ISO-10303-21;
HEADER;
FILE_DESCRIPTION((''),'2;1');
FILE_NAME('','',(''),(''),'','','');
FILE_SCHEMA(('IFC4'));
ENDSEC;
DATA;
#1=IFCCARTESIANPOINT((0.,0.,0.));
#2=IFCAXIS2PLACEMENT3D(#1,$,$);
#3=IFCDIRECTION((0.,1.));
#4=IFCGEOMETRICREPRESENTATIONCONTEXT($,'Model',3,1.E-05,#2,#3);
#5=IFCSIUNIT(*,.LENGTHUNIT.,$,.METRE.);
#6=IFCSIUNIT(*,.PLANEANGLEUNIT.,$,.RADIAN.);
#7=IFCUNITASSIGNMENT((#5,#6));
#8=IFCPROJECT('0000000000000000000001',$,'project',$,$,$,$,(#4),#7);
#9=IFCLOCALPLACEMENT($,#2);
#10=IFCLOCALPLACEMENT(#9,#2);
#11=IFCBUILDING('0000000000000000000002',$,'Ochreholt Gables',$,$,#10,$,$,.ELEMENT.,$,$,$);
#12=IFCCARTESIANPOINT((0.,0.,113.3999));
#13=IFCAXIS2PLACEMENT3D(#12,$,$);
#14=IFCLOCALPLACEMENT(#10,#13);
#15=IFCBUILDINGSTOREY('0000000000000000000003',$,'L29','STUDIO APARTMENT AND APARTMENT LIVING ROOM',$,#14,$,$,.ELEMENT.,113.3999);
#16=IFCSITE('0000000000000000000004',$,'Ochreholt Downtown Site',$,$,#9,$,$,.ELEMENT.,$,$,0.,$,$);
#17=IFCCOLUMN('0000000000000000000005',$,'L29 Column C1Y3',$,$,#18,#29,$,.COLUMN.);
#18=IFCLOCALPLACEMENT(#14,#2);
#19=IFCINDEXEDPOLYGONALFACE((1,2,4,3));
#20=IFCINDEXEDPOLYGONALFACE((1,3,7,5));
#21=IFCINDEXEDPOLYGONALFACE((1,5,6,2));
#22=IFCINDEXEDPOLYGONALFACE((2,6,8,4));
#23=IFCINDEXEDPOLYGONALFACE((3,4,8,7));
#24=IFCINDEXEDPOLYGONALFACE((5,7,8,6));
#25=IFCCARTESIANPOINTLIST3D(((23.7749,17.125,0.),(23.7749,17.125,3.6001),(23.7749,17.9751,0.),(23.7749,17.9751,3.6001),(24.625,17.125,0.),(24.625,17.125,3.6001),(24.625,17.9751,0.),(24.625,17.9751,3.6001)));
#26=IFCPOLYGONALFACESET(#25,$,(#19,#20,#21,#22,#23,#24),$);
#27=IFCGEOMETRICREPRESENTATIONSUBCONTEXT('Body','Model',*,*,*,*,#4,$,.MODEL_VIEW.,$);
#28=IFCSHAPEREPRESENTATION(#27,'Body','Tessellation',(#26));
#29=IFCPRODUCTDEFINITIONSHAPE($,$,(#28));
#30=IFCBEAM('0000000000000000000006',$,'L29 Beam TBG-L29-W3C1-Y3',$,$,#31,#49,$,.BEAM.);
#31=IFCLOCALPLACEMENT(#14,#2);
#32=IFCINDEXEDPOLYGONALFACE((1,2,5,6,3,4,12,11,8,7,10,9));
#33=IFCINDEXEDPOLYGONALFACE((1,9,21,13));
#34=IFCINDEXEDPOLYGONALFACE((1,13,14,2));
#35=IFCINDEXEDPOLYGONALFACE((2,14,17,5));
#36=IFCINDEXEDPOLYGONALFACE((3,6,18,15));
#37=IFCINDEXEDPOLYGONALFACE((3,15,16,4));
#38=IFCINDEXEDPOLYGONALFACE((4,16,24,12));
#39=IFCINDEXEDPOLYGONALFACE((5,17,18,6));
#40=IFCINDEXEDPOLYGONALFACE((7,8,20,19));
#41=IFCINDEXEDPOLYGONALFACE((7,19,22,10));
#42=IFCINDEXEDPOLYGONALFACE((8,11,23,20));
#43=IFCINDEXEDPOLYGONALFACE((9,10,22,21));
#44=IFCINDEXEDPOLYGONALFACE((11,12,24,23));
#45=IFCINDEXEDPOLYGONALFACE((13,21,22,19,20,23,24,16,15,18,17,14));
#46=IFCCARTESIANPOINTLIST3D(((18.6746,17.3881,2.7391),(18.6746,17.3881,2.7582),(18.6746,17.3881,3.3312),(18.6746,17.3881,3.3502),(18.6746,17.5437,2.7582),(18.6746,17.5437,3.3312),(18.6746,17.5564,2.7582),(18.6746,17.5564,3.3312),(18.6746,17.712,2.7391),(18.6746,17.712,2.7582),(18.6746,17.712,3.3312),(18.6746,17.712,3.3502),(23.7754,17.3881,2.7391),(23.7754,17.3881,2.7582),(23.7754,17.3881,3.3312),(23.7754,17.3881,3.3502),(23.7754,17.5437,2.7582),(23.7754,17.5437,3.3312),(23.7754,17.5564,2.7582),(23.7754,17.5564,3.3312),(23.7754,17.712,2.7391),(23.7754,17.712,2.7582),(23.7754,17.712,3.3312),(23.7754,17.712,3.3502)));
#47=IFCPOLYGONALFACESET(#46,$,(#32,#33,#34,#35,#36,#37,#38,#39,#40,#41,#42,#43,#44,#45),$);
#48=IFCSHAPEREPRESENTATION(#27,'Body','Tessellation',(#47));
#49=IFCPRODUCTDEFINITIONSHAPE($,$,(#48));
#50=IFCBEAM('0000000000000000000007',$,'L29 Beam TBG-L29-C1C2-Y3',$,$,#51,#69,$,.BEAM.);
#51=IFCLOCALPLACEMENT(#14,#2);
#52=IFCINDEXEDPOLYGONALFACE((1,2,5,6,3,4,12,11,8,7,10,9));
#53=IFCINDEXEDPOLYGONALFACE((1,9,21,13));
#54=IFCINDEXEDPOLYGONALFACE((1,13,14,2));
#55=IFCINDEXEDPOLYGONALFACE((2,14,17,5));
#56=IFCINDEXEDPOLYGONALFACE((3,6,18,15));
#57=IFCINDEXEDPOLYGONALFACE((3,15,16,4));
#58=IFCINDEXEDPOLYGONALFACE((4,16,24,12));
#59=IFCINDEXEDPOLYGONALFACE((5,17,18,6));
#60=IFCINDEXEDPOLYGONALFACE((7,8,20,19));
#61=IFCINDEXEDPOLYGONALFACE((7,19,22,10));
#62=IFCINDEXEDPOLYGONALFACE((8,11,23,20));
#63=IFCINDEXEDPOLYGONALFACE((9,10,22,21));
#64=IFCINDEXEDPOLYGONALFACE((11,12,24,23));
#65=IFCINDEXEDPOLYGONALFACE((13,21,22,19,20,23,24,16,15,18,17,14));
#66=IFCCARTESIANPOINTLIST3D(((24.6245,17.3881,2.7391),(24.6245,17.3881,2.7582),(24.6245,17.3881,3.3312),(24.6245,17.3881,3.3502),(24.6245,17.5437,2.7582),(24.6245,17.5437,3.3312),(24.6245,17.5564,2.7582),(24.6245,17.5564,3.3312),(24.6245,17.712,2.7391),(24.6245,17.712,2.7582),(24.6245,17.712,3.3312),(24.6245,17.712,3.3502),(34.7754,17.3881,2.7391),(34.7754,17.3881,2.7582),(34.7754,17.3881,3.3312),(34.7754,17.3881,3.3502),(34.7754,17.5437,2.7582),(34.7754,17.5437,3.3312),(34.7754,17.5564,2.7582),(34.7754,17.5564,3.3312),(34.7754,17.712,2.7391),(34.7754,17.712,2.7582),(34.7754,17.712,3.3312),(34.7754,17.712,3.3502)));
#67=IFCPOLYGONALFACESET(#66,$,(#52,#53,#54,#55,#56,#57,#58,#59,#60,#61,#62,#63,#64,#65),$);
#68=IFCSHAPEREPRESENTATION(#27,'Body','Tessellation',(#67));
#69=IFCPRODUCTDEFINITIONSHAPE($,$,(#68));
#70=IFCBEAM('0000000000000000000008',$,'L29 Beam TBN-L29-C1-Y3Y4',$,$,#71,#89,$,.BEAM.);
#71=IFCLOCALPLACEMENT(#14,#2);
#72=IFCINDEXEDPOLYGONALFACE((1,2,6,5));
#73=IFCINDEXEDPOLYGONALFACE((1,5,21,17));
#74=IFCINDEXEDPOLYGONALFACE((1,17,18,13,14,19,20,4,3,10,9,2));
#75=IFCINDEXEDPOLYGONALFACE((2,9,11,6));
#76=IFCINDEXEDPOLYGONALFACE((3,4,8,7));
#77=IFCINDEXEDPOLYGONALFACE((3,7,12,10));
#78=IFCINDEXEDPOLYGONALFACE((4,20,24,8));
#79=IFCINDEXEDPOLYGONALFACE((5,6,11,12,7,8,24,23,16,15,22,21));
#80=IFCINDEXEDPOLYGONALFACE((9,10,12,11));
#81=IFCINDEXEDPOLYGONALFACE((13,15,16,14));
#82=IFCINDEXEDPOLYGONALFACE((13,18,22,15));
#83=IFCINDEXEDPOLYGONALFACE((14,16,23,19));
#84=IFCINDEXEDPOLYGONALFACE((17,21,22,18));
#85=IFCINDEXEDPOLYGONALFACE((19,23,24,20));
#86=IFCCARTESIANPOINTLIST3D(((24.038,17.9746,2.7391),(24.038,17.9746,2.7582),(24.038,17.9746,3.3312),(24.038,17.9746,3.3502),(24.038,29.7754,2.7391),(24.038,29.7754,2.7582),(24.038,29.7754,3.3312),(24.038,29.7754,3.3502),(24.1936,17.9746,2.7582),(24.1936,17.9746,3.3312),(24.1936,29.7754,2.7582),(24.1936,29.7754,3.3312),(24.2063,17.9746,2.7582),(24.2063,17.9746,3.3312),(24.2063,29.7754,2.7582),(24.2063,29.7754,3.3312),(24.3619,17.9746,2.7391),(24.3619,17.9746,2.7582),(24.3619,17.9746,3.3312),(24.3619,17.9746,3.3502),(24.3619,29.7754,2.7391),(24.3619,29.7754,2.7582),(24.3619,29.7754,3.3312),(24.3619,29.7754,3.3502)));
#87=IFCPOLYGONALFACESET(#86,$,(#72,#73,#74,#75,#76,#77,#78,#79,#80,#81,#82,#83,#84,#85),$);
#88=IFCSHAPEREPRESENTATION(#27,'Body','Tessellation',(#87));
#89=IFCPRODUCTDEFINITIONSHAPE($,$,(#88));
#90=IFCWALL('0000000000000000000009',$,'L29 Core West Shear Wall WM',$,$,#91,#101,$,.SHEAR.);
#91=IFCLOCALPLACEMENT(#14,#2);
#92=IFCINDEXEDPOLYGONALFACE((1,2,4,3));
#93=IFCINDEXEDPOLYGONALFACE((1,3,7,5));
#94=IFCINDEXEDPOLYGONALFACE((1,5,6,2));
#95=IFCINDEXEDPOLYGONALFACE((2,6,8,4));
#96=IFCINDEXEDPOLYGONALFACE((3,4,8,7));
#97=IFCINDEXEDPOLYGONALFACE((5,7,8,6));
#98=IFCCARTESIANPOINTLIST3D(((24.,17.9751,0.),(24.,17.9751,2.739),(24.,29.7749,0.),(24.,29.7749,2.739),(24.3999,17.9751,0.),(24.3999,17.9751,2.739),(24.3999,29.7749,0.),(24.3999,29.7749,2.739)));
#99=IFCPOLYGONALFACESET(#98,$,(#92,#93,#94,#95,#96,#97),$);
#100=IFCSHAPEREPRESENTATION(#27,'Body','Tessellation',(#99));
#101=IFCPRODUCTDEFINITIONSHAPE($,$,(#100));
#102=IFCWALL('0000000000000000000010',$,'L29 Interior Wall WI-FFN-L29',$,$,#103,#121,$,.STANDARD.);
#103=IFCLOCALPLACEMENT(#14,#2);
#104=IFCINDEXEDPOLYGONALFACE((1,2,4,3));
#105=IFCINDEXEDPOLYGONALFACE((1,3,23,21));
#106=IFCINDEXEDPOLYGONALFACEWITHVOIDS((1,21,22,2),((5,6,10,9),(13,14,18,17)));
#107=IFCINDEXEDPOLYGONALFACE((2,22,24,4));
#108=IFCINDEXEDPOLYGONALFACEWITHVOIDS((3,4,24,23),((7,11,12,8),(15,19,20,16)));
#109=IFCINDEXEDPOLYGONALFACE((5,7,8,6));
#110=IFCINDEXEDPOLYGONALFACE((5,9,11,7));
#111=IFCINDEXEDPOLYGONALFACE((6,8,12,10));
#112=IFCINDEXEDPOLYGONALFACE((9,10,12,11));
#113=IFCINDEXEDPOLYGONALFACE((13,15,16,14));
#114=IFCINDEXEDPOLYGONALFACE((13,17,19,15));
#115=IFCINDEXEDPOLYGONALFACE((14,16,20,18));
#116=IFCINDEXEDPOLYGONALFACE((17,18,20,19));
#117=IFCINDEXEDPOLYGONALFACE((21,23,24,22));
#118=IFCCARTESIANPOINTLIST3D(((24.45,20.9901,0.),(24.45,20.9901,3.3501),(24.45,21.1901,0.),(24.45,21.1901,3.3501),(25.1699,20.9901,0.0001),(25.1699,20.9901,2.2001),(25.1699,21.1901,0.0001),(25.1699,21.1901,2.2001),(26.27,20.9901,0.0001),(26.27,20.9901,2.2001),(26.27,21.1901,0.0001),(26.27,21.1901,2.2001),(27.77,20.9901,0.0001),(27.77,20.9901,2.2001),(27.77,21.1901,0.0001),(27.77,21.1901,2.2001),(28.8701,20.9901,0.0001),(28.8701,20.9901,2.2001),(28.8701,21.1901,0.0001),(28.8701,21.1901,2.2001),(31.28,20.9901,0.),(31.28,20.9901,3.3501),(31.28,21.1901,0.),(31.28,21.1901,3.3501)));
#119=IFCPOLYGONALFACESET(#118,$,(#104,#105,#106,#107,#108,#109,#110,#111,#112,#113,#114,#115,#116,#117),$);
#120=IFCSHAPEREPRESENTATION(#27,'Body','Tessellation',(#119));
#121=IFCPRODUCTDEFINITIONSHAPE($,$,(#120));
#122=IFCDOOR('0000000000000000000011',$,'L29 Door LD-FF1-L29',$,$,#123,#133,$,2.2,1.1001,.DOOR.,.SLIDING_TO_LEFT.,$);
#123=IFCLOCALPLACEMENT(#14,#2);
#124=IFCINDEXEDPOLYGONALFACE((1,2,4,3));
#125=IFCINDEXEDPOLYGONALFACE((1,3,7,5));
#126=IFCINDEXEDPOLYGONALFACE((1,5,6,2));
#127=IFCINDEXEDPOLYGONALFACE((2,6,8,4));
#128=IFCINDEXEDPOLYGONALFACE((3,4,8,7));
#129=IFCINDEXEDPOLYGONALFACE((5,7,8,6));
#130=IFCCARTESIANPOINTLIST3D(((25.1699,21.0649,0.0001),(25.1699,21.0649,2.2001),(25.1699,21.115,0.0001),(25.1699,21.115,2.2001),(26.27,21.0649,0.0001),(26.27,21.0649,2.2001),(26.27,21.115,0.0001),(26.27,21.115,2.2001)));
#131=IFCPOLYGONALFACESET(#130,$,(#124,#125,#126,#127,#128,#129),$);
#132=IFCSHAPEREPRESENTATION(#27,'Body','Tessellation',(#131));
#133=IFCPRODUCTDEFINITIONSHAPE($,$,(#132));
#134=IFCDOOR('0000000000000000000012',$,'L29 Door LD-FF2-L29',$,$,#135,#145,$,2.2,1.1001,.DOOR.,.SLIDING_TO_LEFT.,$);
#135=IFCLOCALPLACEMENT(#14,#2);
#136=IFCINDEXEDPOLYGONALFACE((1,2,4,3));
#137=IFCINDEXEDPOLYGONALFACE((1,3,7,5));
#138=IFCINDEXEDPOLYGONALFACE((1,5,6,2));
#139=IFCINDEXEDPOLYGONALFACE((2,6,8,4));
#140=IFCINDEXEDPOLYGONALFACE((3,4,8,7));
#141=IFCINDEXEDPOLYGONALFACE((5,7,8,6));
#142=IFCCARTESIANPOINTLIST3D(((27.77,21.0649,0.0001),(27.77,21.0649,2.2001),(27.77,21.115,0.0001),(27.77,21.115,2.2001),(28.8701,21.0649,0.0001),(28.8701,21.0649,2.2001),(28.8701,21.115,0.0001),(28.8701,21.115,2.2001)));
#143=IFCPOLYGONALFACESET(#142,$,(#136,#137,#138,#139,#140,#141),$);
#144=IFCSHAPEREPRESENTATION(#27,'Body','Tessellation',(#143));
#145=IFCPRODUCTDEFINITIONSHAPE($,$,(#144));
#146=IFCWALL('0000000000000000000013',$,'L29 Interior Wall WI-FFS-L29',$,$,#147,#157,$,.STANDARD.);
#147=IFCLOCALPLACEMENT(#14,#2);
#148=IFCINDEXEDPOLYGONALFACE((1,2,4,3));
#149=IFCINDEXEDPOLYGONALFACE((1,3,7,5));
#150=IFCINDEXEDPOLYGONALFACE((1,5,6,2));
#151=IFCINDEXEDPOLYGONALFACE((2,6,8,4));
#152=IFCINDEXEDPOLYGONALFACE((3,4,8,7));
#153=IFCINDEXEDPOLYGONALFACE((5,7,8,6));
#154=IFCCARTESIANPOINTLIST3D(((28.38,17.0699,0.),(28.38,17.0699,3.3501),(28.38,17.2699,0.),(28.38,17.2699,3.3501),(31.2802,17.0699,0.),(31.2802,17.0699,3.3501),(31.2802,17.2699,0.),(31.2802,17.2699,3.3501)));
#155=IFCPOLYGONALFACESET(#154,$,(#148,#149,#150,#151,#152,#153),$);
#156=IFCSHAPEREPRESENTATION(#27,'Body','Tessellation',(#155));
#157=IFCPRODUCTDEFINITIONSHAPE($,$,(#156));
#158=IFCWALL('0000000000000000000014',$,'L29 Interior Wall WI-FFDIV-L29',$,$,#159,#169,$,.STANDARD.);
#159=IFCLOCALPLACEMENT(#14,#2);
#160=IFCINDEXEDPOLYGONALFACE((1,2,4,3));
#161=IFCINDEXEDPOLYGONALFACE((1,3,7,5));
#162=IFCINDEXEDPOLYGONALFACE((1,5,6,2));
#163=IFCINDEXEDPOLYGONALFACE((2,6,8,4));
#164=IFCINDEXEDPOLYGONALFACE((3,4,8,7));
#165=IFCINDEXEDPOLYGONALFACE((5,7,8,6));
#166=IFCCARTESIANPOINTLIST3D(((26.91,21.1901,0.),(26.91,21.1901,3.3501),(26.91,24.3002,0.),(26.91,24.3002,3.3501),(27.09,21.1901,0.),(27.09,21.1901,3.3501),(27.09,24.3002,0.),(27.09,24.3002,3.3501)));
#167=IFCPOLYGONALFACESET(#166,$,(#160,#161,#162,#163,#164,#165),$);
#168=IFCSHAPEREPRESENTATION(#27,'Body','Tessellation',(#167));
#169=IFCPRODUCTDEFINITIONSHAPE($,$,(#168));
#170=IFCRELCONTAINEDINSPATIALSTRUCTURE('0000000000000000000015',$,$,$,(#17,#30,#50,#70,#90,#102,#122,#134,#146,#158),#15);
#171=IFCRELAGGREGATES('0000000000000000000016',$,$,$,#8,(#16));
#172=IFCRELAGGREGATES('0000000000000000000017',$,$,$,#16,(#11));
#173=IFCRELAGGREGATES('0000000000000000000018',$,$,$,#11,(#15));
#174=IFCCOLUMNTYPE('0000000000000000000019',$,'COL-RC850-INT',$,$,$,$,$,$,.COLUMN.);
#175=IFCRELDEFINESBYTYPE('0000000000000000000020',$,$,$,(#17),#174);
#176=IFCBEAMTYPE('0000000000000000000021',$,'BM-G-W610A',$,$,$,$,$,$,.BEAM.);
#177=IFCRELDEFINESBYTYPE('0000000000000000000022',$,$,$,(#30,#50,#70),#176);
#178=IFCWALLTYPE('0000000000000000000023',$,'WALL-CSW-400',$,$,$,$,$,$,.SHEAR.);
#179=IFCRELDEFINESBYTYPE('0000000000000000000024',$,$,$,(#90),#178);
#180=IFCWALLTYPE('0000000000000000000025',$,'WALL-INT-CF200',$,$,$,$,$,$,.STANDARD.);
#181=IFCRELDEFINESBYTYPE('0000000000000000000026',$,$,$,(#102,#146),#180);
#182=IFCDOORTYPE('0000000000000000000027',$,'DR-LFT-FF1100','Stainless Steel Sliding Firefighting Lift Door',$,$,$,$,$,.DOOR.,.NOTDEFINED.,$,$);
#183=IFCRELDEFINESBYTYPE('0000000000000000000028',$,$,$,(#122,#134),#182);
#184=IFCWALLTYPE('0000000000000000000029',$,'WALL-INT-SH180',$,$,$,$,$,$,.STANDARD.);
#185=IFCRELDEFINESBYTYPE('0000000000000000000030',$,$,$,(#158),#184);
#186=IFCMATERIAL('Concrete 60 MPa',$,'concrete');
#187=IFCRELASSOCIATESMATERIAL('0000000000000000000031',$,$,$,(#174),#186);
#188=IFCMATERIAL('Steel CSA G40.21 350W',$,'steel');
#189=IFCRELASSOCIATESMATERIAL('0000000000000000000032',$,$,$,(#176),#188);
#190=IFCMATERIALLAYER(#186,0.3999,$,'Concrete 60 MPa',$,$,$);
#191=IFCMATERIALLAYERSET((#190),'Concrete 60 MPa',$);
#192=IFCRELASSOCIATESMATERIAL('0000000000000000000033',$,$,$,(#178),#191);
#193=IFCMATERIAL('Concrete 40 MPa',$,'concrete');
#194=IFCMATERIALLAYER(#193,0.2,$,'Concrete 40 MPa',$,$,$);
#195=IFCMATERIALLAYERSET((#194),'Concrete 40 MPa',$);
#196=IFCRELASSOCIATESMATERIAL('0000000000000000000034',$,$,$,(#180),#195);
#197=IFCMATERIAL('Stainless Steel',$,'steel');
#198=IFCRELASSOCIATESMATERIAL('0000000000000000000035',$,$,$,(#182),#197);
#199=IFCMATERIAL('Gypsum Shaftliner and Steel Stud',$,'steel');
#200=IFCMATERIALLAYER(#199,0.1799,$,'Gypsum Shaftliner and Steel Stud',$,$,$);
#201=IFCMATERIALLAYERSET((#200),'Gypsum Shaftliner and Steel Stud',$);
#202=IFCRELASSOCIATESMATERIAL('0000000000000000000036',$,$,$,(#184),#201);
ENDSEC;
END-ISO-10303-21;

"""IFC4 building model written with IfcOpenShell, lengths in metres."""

from ifc_helpers import new_model, si_unit, direction, frame, frame_2d, origin, origin_2d, place, context, subcontext, project, spatial, rectangle, i_section, extrude, material, layer, layer_set, material_profile, profile_set, type_object, element, fill, save


model = new_model("IFC4")

# Units and contexts
model_context = context("Model", 3, precision=1e-05, world=origin(), true_north=direction((0.0, 1.0)))
body_context = subcontext(model_context, "Body", "Model", "MODEL_VIEW")
ifc_project = project(units=[si_unit("LENGTHUNIT", "METRE"), si_unit("PLANEANGLEUNIT", "RADIAN")], contexts=[model_context])

# Site, building, storey
site_placement = place(None, origin())
site = spatial("IfcSite", under=ifc_project, at=site_placement, Name="Ochreholt Downtown Site", CompositionType="ELEMENT", RefElevation=0.0)
building_placement = place(site_placement, origin())
building = spatial("IfcBuilding", under=site, at=building_placement, Name="Ochreholt Gables", CompositionType="ELEMENT")
storey_placement = place(building_placement, frame((0.0, 0.0, 113.3999)))
storey = spatial("IfcBuildingStorey", under=building, at=storey_placement, Name="L29", Description="STUDIO APARTMENT AND APARTMENT LIVING ROOM", CompositionType="ELEMENT", Elevation=113.3999)

# Column
ifc_material_1 = material(Name="Concrete 60 MPa", Category="concrete")
ifc_material_profile_1 = material_profile(ifc_material_1, rectangle(XDim=0.8501, YDim=0.8501, at=origin_2d()), Name="RC850X850")
ifc_profile_set_1 = profile_set([ifc_material_profile_1], Name="Concrete 60 MPa")
column_type = type_object("IfcColumnType", Name="COL-RC850-INT", PredefinedType="COLUMN", material=ifc_profile_set_1)
column_placement = place(storey_placement, frame((24.2, 17.55, 0.0), z_axis=(0.0, 0.0, 1.0), x_axis=(1.0, 0.0, 0.0)))
element("IfcColumn", 1, at=column_placement, inside=storey, type_object=column_type, Name="L29 Column C1Y3", PredefinedType="COLUMN", context=body_context, shape_type="SweptSolid", body=[
    extrude(rectangle(XDim=0.8501, YDim=0.8501, at=origin_2d()), origin(), (0.0, 0.0, 1.0), 3.6001),
])

# Beams
ifc_material_2 = material(Name="Steel CSA G40.21 350W", Category="steel")
ifc_material_profile_2 = material_profile(ifc_material_2, i_section(OverallWidth=0.324, OverallDepth=0.6111, WebThickness=0.0127, FlangeThickness=0.019, at=origin_2d()), Name="W610X155")
ifc_profile_set_2 = profile_set([ifc_material_profile_2], Name="Steel CSA G40.21 350W")
beam_type = type_object("IfcBeamType", Name="BM-G-W610A", PredefinedType="BEAM", material=ifc_profile_set_2)
beam_1_placement = place(storey_placement, frame((18.6746, 17.55, 3.0447), z_axis=(1.0, 0.0, 0.0), x_axis=(0.0, 1.0, 0.0)))
element("IfcBeam", 2, at=beam_1_placement, inside=storey, type_object=beam_type, Name="L29 Beam TBG-L29-W3C1-Y3", PredefinedType="BEAM", context=body_context, shape_type="SweptSolid", body=[
    extrude(i_section(OverallWidth=0.324, OverallDepth=0.6111, WebThickness=0.0127, FlangeThickness=0.019, at=origin_2d()), origin(), (0.0, 0.0, 1.0), 5.1008),
])
beam_2_placement = place(storey_placement, frame((24.6245, 17.55, 3.0447), z_axis=(1.0, 0.0, 0.0), x_axis=(0.0, 1.0, 0.0)))
element("IfcBeam", 3, at=beam_2_placement, inside=storey, type_object=beam_type, Name="L29 Beam TBG-L29-C1C2-Y3", PredefinedType="BEAM", context=body_context, shape_type="SweptSolid", body=[
    extrude(i_section(OverallWidth=0.324, OverallDepth=0.6111, WebThickness=0.0127, FlangeThickness=0.019, at=origin_2d()), origin(), (0.0, 0.0, 1.0), 10.1509),
])
beam_3_placement = place(storey_placement, frame((24.2, 17.9746, 3.0447), z_axis=(0.0, 1.0, 0.0), x_axis=(-1.0, 0.0, 0.0)))
element("IfcBeam", 4, at=beam_3_placement, inside=storey, type_object=beam_type, Name="L29 Beam TBN-L29-C1-Y3Y4", PredefinedType="BEAM", context=body_context, shape_type="SweptSolid", body=[
    extrude(i_section(OverallWidth=0.324, OverallDepth=0.6111, WebThickness=0.0127, FlangeThickness=0.019, at=origin_2d()), origin(), (0.0, 0.0, 1.0), 11.8008),
])

# Wall
ifc_layer_1 = layer(ifc_material_1, 0.3999, Name="Concrete 60 MPa")
ifc_layer_set_1 = layer_set([ifc_layer_1], Name="Concrete 60 MPa")
wall_type_1 = type_object("IfcWallType", Name="WALL-CSW-400", PredefinedType="SHEAR", material=ifc_layer_set_1)
wall_1_placement = place(storey_placement, frame((24.2, 17.9751, 0.0), z_axis=(0.0, 0.0, 1.0), x_axis=(0.0, 1.0, 0.0)))
element("IfcWall", 5, at=wall_1_placement, inside=storey, type_object=wall_type_1, Name="L29 Core West Shear Wall WM", PredefinedType="SHEAR", context=body_context, shape_type="SweptSolid", body=[
    extrude(rectangle(XDim=11.7998, YDim=0.3999, at=frame_2d((5.8999, 0.0))), origin(), (0.0, 0.0, 1.0), 2.739),
])

# Wall, openings, doors
ifc_material_3 = material(Name="Concrete 40 MPa", Category="concrete")
ifc_layer_2 = layer(ifc_material_3, 0.2, Name="Concrete 40 MPa")
ifc_layer_set_2 = layer_set([ifc_layer_2], Name="Concrete 40 MPa")
wall_type_2 = type_object("IfcWallType", Name="WALL-INT-CF200", PredefinedType="STANDARD", material=ifc_layer_set_2)
wall_2_placement = place(storey_placement, frame((24.45, 21.0901, 0.0), z_axis=(0.0, 0.0, 1.0), x_axis=(1.0, 0.0, 0.0)))
wall_2 = element("IfcWall", 6, at=wall_2_placement, inside=storey, type_object=wall_type_2, Name="L29 Interior Wall WI-FFN-L29", PredefinedType="STANDARD", context=body_context, shape_type="SweptSolid", body=[
    extrude(rectangle(XDim=6.8301, YDim=0.2, at=frame_2d((3.415, 0.0))), origin(), (0.0, 0.0, 1.0), 3.3501),
])
opening_1_placement = place(wall_2_placement, frame((0.72, 0.0, 0.0)))
opening_1 = element("IfcOpeningElement", 7, at=opening_1_placement, cuts=wall_2, PredefinedType="OPENING", context=body_context, shape_type="SweptSolid", body=[
    extrude(rectangle(XDim=1.1001, YDim=2.2, at=frame_2d((0.55, 1.1001))), frame((0.0, 0.1099, 0.0), z_axis=(0.0, -1.0, 0.0), x_axis=(1.0, 0.0, 0.0)), (0.0, 0.0, 1.0), 0.22),
])
opening_2_placement = place(wall_2_placement, frame((3.3201, 0.0, 0.0)))
opening_2 = element("IfcOpeningElement", 8, at=opening_2_placement, cuts=wall_2, PredefinedType="OPENING", context=body_context, shape_type="SweptSolid", body=[
    extrude(rectangle(XDim=1.1001, YDim=2.2, at=frame_2d((0.55, 1.1001))), frame((0.0, 0.1099, 0.0), z_axis=(0.0, -1.0, 0.0), x_axis=(1.0, 0.0, 0.0)), (0.0, 0.0, 1.0), 0.22),
])
ifc_material_4 = material(Name="Stainless Steel", Category="steel")
door_type_1 = type_object("IfcDoorType", Name="DR-LFT-FF1100", Description="Stainless Steel Sliding Firefighting Lift Door", OperationType="NOTDEFINED", PredefinedType="DOOR", material=ifc_material_4)
door_1_placement = place(opening_1_placement, origin())
door_1 = element("IfcDoor", 9, at=door_1_placement, inside=storey, type_object=door_type_1, Name="L29 Door LD-FF1-L29", OperationType="SLIDING_TO_LEFT", OverallHeight=2.2, OverallWidth=1.1001, PredefinedType="DOOR", context=body_context, shape_type="SweptSolid", body=[
    extrude(rectangle(XDim=1.1001, YDim=2.2, at=frame_2d((0.55, 1.1001))), frame((0.0, 0.0249, 0.0), z_axis=(0.0, -1.0, 0.0), x_axis=(1.0, 0.0, 0.0)), (0.0, 0.0, 1.0), 0.05),
])
fill(opening_1, door_1)
door_2_placement = place(opening_2_placement, origin())
door_2 = element("IfcDoor", 10, at=door_2_placement, inside=storey, type_object=door_type_1, Name="L29 Door LD-FF2-L29", OperationType="SLIDING_TO_LEFT", OverallHeight=2.2, OverallWidth=1.1001, PredefinedType="DOOR", context=body_context, shape_type="SweptSolid", body=[
    extrude(rectangle(XDim=1.1001, YDim=2.2, at=frame_2d((0.55, 1.1001))), frame((0.0, 0.0249, 0.0), z_axis=(0.0, -1.0, 0.0), x_axis=(1.0, 0.0, 0.0)), (0.0, 0.0, 1.0), 0.05),
])
fill(opening_2, door_2)

# Wall
wall_3_placement = place(storey_placement, frame((28.3799, 17.1699, 0.0), z_axis=(0.0, 0.0, 1.0), x_axis=(1.0, 0.0, 0.0)))
element("IfcWall", 11, at=wall_3_placement, inside=storey, type_object=wall_type_2, Name="L29 Interior Wall WI-FFS-L29", PredefinedType="STANDARD", context=body_context, shape_type="SweptSolid", body=[
    extrude(rectangle(XDim=2.9001, YDim=0.2, at=frame_2d((1.4502, 0.0))), origin(), (0.0, 0.0, 1.0), 3.3501),
])

# Wall
ifc_material_5 = material(Name="Gypsum Shaftliner and Steel Stud", Category="steel")
ifc_layer_3 = layer(ifc_material_5, 0.1799, Name="Gypsum Shaftliner and Steel Stud")
ifc_layer_set_3 = layer_set([ifc_layer_3], Name="Gypsum Shaftliner and Steel Stud")
wall_type_3 = type_object("IfcWallType", Name="WALL-INT-SH180", PredefinedType="STANDARD", material=ifc_layer_set_3)
wall_4_placement = place(storey_placement, frame((27.0, 21.1899, 0.0), z_axis=(0.0, 0.0, 1.0), x_axis=(0.0, 1.0, 0.0)))
element("IfcWall", 12, at=wall_4_placement, inside=storey, type_object=wall_type_3, Name="L29 Interior Wall WI-FFDIV-L29", PredefinedType="STANDARD", context=body_context, shape_type="SweptSolid", body=[
    extrude(rectangle(XDim=3.1101, YDim=0.1799, at=frame_2d((1.5552, 0.0))), origin(), (0.0, 0.0, 1.0), 3.3501),
])

save(model, "model.ifc")
